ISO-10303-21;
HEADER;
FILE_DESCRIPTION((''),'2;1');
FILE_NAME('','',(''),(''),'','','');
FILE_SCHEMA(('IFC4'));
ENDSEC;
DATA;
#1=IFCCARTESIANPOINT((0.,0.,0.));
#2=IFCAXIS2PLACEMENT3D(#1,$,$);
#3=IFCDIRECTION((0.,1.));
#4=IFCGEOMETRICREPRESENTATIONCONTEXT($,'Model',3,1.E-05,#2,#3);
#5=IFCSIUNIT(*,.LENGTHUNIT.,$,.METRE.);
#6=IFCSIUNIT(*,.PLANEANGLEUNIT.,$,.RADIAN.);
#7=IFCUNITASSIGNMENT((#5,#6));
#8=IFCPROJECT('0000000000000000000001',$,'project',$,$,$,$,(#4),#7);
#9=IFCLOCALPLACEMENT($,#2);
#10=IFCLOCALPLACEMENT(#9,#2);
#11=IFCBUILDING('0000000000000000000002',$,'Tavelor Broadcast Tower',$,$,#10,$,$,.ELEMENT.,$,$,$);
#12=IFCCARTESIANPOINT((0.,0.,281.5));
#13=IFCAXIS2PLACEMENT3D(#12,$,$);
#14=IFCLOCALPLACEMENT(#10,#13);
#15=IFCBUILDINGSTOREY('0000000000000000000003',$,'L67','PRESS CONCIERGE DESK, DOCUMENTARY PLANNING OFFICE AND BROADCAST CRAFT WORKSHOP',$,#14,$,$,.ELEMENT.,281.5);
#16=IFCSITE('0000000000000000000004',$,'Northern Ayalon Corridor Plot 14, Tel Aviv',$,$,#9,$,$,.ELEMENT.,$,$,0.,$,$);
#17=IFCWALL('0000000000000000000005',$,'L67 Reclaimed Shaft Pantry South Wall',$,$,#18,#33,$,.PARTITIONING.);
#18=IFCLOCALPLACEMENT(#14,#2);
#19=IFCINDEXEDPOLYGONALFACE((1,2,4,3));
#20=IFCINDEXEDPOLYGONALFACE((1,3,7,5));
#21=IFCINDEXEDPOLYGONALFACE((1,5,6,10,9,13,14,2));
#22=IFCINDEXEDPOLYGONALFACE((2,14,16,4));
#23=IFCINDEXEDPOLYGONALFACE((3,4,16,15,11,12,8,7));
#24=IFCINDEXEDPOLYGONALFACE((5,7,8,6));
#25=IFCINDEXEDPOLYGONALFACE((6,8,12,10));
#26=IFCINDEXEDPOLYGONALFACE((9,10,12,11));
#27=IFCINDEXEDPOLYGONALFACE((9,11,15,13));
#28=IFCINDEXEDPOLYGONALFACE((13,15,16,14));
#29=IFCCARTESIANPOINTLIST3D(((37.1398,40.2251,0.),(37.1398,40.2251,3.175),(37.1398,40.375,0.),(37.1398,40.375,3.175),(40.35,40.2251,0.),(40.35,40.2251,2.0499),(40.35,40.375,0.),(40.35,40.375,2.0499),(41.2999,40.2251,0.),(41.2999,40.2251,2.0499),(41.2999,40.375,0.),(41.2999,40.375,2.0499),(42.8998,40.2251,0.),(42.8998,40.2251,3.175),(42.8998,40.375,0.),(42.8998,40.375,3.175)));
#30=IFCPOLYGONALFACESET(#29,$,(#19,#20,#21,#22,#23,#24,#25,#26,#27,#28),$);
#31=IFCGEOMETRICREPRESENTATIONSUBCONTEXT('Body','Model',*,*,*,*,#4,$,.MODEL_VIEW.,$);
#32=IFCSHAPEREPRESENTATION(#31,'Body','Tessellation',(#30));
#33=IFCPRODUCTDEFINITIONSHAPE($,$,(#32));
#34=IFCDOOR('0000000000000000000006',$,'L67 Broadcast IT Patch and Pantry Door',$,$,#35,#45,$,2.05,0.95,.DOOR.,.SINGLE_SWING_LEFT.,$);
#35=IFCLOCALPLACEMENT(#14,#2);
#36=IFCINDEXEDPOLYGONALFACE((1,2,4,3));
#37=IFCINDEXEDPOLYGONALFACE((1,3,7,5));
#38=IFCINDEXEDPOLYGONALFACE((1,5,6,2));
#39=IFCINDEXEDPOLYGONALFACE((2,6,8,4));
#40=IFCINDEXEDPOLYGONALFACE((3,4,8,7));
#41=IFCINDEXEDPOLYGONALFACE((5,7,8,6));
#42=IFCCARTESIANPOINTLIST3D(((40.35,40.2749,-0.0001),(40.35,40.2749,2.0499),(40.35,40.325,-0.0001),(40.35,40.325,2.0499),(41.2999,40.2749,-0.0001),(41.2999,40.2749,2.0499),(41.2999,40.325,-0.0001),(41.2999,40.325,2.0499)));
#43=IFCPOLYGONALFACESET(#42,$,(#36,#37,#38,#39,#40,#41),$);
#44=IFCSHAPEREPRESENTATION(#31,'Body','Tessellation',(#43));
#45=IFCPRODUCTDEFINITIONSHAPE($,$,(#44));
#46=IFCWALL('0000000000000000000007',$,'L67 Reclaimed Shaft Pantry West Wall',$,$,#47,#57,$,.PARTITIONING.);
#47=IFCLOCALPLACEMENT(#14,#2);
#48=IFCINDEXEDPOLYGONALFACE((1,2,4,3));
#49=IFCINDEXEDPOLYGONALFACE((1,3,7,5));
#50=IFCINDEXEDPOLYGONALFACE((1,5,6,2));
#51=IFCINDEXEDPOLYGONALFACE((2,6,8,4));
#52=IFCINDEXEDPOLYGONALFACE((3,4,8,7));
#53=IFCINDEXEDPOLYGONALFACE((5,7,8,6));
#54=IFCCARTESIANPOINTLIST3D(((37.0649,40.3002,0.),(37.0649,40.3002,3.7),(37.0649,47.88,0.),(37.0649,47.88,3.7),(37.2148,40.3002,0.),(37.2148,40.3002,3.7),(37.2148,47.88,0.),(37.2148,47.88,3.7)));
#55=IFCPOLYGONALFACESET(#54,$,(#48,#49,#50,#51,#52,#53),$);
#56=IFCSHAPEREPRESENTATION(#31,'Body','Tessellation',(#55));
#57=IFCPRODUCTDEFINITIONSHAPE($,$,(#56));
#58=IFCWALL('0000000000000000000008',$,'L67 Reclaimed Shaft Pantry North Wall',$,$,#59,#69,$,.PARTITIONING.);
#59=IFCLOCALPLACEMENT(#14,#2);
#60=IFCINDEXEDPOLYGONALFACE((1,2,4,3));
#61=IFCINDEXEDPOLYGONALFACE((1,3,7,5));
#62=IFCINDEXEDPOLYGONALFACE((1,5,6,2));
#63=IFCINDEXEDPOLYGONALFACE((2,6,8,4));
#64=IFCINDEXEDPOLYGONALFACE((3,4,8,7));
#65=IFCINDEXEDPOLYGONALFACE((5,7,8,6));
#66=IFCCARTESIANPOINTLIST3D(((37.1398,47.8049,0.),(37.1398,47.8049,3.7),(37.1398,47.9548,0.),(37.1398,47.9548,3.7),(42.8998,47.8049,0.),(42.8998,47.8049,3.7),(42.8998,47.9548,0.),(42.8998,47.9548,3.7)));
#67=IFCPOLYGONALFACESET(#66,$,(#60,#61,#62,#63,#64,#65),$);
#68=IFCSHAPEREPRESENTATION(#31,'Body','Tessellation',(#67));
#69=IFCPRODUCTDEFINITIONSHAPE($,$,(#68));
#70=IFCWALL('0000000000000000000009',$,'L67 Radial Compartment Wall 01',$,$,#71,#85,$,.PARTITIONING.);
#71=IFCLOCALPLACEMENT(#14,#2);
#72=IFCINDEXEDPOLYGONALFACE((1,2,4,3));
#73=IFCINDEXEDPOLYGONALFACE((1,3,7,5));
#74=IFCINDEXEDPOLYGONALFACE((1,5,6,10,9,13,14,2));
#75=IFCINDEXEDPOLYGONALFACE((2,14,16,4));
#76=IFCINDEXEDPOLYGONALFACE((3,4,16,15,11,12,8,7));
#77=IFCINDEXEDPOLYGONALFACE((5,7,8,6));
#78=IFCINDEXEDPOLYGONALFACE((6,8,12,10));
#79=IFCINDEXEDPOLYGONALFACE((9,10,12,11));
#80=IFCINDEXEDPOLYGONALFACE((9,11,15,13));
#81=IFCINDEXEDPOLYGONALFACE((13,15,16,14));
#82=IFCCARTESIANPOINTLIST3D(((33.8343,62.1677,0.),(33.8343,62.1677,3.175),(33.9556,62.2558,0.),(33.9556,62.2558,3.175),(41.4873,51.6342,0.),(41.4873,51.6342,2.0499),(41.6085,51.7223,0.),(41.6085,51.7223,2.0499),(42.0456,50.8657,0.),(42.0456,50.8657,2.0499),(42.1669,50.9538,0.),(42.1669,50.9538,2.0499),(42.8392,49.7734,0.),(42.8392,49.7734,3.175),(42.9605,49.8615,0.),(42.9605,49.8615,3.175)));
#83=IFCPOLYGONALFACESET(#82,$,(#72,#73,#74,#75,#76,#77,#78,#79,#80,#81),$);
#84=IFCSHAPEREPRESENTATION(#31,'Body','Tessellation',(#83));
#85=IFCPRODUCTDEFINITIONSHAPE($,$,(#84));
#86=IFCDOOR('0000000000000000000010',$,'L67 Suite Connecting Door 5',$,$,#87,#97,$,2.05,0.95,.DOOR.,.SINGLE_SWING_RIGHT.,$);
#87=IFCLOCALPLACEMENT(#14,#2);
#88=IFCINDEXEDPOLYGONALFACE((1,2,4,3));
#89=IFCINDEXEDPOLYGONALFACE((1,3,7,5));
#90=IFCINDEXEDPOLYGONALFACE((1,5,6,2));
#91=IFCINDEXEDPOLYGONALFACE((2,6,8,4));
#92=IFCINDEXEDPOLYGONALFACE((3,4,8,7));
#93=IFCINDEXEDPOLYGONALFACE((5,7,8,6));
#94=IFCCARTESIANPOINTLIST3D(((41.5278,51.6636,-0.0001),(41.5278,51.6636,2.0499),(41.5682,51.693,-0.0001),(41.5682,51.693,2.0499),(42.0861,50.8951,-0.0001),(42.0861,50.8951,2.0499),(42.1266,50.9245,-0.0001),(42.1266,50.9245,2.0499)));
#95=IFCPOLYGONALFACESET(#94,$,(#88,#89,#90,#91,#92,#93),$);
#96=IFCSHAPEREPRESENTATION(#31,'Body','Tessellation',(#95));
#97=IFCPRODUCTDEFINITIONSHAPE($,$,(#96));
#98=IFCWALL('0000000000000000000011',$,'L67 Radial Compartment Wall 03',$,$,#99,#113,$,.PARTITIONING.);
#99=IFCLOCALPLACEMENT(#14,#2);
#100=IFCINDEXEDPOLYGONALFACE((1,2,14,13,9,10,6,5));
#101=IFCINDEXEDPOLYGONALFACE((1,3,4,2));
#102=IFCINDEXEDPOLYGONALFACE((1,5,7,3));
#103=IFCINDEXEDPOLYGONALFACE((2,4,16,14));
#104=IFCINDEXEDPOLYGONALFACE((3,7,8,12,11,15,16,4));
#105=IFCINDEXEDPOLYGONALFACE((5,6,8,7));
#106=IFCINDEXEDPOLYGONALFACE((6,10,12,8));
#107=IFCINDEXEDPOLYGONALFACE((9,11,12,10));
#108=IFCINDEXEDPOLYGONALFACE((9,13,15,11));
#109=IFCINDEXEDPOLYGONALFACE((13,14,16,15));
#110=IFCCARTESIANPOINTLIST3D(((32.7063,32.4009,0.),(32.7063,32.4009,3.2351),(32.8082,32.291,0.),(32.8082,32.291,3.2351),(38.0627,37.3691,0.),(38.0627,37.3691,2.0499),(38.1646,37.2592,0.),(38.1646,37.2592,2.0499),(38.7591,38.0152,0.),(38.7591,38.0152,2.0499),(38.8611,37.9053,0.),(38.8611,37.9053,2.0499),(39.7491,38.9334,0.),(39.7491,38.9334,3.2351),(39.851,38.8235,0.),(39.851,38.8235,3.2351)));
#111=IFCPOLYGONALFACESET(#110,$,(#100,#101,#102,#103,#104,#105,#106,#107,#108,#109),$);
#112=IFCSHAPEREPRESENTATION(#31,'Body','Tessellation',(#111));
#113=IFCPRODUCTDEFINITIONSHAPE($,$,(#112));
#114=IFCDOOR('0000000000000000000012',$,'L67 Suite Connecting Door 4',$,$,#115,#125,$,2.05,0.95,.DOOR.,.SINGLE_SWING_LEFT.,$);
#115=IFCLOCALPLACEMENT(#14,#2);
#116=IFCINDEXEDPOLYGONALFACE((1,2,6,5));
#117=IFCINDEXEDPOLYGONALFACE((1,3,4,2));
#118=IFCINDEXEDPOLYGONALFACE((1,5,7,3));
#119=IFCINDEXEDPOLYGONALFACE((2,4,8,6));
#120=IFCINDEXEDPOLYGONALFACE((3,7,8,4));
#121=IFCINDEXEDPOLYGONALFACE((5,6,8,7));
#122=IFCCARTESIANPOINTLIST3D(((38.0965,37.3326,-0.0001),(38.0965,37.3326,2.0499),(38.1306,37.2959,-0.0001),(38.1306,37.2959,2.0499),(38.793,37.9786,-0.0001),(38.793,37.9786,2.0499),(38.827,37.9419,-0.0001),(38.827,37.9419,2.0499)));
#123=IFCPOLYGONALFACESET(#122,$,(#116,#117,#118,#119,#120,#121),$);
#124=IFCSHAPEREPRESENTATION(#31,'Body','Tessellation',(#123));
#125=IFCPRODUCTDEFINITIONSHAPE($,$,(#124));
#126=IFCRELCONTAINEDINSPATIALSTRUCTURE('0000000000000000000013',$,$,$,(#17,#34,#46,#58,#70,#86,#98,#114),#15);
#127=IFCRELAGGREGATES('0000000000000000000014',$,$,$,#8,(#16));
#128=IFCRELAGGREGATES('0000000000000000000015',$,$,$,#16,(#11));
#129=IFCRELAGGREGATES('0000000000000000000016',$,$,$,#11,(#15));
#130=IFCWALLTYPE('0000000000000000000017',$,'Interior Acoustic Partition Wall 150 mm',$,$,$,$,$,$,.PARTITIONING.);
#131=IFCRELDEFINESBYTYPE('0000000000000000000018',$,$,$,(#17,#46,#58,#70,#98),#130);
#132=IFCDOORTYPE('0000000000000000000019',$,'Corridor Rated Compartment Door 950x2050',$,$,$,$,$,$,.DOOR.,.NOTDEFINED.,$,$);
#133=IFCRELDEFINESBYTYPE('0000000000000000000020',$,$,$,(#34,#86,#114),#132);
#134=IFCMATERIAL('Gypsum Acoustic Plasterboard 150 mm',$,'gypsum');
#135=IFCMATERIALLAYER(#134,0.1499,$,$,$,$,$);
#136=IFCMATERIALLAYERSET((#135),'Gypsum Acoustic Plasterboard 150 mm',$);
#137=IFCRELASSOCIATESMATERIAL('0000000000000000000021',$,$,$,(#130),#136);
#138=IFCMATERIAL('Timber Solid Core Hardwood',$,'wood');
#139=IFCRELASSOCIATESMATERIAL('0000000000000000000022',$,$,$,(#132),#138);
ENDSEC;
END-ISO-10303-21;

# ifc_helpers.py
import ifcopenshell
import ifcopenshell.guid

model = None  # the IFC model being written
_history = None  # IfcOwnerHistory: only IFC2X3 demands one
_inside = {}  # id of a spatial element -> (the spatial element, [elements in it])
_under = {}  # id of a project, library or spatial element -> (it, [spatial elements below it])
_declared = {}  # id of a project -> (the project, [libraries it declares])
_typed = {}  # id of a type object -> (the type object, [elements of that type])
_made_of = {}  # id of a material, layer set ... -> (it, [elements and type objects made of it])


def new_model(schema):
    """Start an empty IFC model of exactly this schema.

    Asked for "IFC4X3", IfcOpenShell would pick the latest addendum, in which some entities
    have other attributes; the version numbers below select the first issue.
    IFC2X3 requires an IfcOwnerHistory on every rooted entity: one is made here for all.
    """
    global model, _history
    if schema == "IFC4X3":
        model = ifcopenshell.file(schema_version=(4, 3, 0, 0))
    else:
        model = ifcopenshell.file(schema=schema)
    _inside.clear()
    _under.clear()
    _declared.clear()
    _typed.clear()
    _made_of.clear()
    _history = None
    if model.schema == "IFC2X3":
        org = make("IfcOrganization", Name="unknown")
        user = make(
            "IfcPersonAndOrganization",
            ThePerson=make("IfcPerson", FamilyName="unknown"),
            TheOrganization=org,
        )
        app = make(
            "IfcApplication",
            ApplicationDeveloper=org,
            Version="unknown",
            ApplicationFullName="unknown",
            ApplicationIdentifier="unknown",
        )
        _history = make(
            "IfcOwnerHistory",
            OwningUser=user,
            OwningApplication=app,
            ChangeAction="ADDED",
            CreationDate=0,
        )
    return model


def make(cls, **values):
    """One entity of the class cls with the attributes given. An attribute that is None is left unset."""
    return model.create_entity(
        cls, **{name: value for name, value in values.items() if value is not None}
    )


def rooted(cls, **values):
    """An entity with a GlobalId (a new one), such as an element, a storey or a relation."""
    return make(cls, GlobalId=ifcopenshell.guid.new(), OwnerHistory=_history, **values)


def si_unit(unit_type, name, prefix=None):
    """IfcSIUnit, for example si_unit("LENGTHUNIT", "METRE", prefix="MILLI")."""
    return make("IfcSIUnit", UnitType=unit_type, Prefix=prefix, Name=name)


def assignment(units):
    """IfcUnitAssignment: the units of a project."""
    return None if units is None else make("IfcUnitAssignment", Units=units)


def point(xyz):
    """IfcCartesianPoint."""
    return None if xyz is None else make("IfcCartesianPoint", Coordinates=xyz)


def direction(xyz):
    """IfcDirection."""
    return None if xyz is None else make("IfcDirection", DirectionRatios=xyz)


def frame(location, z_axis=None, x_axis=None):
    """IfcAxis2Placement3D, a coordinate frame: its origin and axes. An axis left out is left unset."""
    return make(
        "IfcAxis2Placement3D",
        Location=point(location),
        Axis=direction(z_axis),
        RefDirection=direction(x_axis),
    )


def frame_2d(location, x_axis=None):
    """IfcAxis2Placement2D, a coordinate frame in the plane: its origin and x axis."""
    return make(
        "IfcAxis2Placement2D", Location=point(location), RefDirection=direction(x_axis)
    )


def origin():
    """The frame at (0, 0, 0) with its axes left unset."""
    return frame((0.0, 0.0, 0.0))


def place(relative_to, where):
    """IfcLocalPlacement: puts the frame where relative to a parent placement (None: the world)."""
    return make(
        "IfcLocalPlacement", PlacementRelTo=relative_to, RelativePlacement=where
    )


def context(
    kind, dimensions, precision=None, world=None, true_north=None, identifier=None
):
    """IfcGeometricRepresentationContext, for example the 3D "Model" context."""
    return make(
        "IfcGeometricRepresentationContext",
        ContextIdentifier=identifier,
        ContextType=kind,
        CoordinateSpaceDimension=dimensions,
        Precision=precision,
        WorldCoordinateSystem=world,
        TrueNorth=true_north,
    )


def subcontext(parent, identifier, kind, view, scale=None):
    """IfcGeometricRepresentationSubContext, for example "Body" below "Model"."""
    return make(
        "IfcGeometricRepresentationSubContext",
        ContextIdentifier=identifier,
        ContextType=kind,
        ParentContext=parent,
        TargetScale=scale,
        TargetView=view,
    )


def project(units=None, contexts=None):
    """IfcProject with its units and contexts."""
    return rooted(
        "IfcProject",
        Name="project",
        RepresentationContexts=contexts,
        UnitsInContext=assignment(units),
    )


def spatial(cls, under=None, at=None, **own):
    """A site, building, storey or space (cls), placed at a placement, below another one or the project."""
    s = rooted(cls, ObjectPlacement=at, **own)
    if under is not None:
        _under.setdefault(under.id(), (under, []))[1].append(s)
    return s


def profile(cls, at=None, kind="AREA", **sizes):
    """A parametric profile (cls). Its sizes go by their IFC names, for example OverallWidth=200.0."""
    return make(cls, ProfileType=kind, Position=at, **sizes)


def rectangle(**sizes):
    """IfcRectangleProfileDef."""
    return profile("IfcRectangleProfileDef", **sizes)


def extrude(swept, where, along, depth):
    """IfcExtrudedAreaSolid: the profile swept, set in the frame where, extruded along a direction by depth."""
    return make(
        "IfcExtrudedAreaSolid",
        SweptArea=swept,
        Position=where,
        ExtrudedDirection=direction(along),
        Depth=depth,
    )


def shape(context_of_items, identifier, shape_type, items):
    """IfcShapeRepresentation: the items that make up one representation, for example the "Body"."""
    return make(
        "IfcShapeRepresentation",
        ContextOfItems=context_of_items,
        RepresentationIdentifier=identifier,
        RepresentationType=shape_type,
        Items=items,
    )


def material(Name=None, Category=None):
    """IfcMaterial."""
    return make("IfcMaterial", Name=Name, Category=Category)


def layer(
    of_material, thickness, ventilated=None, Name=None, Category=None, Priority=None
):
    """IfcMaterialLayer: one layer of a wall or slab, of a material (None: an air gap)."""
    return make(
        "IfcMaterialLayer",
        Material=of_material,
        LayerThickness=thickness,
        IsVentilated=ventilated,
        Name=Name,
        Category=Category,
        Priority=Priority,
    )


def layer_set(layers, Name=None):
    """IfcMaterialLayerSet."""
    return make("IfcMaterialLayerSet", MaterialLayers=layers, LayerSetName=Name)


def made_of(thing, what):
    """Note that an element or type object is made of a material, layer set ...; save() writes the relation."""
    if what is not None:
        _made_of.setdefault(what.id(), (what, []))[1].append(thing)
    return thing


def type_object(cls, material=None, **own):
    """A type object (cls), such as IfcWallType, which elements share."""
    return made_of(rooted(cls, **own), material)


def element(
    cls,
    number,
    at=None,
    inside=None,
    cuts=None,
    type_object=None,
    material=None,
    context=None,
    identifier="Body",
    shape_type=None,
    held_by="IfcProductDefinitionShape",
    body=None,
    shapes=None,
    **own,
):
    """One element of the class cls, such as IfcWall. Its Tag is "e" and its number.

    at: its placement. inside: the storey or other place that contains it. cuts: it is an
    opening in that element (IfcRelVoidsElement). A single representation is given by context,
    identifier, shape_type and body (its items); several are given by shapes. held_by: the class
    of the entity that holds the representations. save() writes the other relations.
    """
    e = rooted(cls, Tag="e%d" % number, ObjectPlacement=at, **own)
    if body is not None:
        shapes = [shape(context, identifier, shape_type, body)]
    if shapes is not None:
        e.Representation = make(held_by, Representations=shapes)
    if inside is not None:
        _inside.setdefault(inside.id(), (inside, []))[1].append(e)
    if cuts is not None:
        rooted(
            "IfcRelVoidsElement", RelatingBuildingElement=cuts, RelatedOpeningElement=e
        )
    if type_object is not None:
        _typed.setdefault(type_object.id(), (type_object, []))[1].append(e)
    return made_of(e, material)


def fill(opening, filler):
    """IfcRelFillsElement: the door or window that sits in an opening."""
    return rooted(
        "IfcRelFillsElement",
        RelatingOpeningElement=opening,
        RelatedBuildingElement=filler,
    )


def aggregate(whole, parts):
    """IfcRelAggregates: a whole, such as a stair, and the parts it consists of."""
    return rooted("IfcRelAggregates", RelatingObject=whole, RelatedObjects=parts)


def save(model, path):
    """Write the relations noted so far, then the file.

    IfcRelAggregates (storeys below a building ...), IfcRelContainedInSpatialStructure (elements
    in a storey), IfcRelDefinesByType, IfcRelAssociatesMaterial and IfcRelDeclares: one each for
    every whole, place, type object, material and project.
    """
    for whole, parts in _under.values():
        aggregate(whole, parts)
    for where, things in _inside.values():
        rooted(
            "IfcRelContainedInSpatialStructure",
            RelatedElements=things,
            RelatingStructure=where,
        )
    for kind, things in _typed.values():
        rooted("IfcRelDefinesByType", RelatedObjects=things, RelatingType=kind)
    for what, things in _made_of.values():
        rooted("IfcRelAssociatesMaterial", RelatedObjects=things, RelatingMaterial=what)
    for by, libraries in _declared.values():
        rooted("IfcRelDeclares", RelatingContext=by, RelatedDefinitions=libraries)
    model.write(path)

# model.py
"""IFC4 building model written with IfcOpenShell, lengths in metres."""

from ifc_helpers import new_model, si_unit, direction, frame, frame_2d, origin, place, context, subcontext, project, spatial, rectangle, extrude, material, layer, layer_set, type_object, element, fill, save


model = new_model("IFC4")

# Units and contexts
model_context = context("Model", 3, precision=1e-05, world=origin(), true_north=direction((0.0, 1.0)))
body_context = subcontext(model_context, "Body", "Model", "MODEL_VIEW")
ifc_project = project(units=[si_unit("LENGTHUNIT", "METRE"), si_unit("PLANEANGLEUNIT", "RADIAN")], contexts=[model_context])

# Site, building, storey
site_placement = place(None, origin())
site = spatial("IfcSite", under=ifc_project, at=site_placement, Name="Northern Ayalon Corridor Plot 14, Tel Aviv", CompositionType="ELEMENT", RefElevation=0.0)
building_placement = place(site_placement, origin())
building = spatial("IfcBuilding", under=site, at=building_placement, Name="Tavelor Broadcast Tower", CompositionType="ELEMENT")
storey_placement = place(building_placement, frame((0.0, 0.0, 281.5)))
storey = spatial("IfcBuildingStorey", under=building, at=storey_placement, Name="L67", Description="PRESS CONCIERGE DESK, DOCUMENTARY PLANNING OFFICE AND BROADCAST CRAFT WORKSHOP", CompositionType="ELEMENT", Elevation=281.5)

# Shared definitions
ifc_material_1 = material(Name="Gypsum Acoustic Plasterboard 150 mm", Category="gypsum")
ifc_layer_1 = layer(ifc_material_1, 0.1499)
ifc_layer_set_1 = layer_set([ifc_layer_1], Name="Gypsum Acoustic Plasterboard 150 mm")
wall_type_1 = type_object("IfcWallType", Name="Interior Acoustic Partition Wall 150 mm", PredefinedType="PARTITIONING", material=ifc_layer_set_1)

# Wall, opening, door
wall_1_placement = place(storey_placement, frame((37.1399, 40.3, 0.0), z_axis=(0.0, 0.0, 1.0), x_axis=(1.0, 0.0, 0.0)))
wall_1 = element("IfcWall", 1, at=wall_1_placement, inside=storey, type_object=wall_type_1, Name="L67 Reclaimed Shaft Pantry South Wall", PredefinedType="PARTITIONING", context=body_context, shape_type="SweptSolid", body=[
    extrude(rectangle(XDim=5.76, YDim=0.1499, at=frame_2d((2.8799, 0.0))), origin(), (0.0, 0.0, 1.0), 3.175),
])
opening_1_placement = place(wall_1_placement, frame((3.21, 0.0, 0.0)))
opening_1 = element("IfcOpeningElement", 2, at=opening_1_placement, cuts=wall_1, PredefinedType="OPENING", context=body_context, shape_type="SweptSolid", body=[
    extrude(rectangle(XDim=0.95, YDim=2.05, at=frame_2d((0.4751, 1.0249))), frame((0.0, 0.085, 0.0), z_axis=(0.0, -1.0, 0.0), x_axis=(1.0, 0.0, 0.0)), (0.0, 0.0, 1.0), 0.1699),
])
ifc_material_2 = material(Name="Timber Solid Core Hardwood", Category="wood")
door_type_1 = type_object("IfcDoorType", Name="Corridor Rated Compartment Door 950x2050", OperationType="NOTDEFINED", PredefinedType="DOOR", material=ifc_material_2)
door_1_placement = place(opening_1_placement, origin())
door_1 = element("IfcDoor", 3, at=door_1_placement, inside=storey, type_object=door_type_1, Name="L67 Broadcast IT Patch and Pantry Door", OperationType="SINGLE_SWING_LEFT", OverallHeight=2.05, OverallWidth=0.95, PredefinedType="DOOR", context=body_context, shape_type="SweptSolid", body=[
    extrude(rectangle(XDim=0.95, YDim=2.05, at=frame_2d((0.4751, 1.0249))), frame((0.0, 0.0249, 0.0), z_axis=(0.0, -1.0, 0.0), x_axis=(1.0, 0.0, 0.0)), (0.0, 0.0, 1.0), 0.05),
])
fill(opening_1, door_1)

# Walls
wall_2_placement = place(storey_placement, frame((37.1399, 40.3, 0.0), z_axis=(0.0, 0.0, 1.0), x_axis=(0.0, 1.0, 0.0)))
element("IfcWall", 4, at=wall_2_placement, inside=storey, type_object=wall_type_1, Name="L67 Reclaimed Shaft Pantry West Wall", PredefinedType="PARTITIONING", context=body_context, shape_type="SweptSolid", body=[
    extrude(rectangle(XDim=7.5798, YDim=0.1499, at=frame_2d((3.79, 0.0))), origin(), (0.0, 0.0, 1.0), 3.7),
])
wall_3_placement = place(storey_placement, frame((37.1399, 47.8799, 0.0), z_axis=(0.0, 0.0, 1.0), x_axis=(1.0, 0.0, 0.0)))
element("IfcWall", 5, at=wall_3_placement, inside=storey, type_object=wall_type_1, Name="L67 Reclaimed Shaft Pantry North Wall", PredefinedType="PARTITIONING", context=body_context, shape_type="SweptSolid", body=[
    extrude(rectangle(XDim=5.76, YDim=0.1499, at=frame_2d((2.8799, 0.0))), origin(), (0.0, 0.0, 1.0), 3.7),
])

# Walls, openings, doors
wall_4_placement = place(storey_placement, frame((42.8999, 49.8174, 0.0), z_axis=(0.0, 0.0, 1.0), x_axis=(-0.587781, 0.80902, 0.0)))
wall_4 = element("IfcWall", 6, at=wall_4_placement, inside=storey, type_object=wall_type_1, Name="L67 Radial Compartment Wall 01", PredefinedType="PARTITIONING", context=body_context, shape_type="SweptSolid", body=[
    extrude(rectangle(XDim=15.3201, YDim=0.1499, at=frame_2d((7.6602, 0.0))), origin(), (0.0, 0.0, 1.0), 3.175),
])
opening_2_placement = place(wall_4_placement, frame((1.3501, 0.0, 0.0)))
opening_2 = element("IfcOpeningElement", 7, at=opening_2_placement, cuts=wall_4, PredefinedType="OPENING", context=body_context, shape_type="SweptSolid", body=[
    extrude(rectangle(XDim=0.95, YDim=2.05, at=frame_2d((0.4751, 1.0249))), frame((0.0, 0.085, 0.0), z_axis=(0.0, -1.0, 0.0), x_axis=(1.0, 0.0, 0.0)), (0.0, 0.0, 1.0), 0.1699),
])
door_2_placement = place(opening_2_placement, origin())
door_2 = element("IfcDoor", 8, at=door_2_placement, inside=storey, type_object=door_type_1, Name="L67 Suite Connecting Door 5", OperationType="SINGLE_SWING_RIGHT", OverallHeight=2.05, OverallWidth=0.95, PredefinedType="DOOR", context=body_context, shape_type="SweptSolid", body=[
    extrude(rectangle(XDim=0.95, YDim=2.05, at=frame_2d((0.4751, 1.0249))), frame((0.0, 0.0249, 0.0), z_axis=(0.0, -1.0, 0.0), x_axis=(1.0, 0.0, 0.0)), (0.0, 0.0, 1.0), 0.05),
])
fill(opening_2, door_2)
wall_5_placement = place(storey_placement, frame((39.8, 38.8784, 0.0), z_axis=(0.0, 0.0, 1.0), x_axis=(-0.733167, -0.680048, 0.0)))
wall_5 = element("IfcWall", 9, at=wall_5_placement, inside=storey, type_object=wall_type_1, Name="L67 Radial Compartment Wall 03", PredefinedType="PARTITIONING", context=body_context, shape_type="SweptSolid", body=[
    extrude(rectangle(XDim=9.606, YDim=0.1499, at=frame_2d((4.803, 0.0))), origin(), (0.0, 0.0, 1.0), 3.2351),
])
opening_3_placement = place(wall_5_placement, frame((1.3501, 0.0, 0.0)))
opening_3 = element("IfcOpeningElement", 10, at=opening_3_placement, cuts=wall_5, PredefinedType="OPENING", context=body_context, shape_type="SweptSolid", body=[
    extrude(rectangle(XDim=0.95, YDim=2.05, at=frame_2d((0.4751, 1.0249))), frame((0.0, 0.085, 0.0), z_axis=(0.0, -1.0, 0.0), x_axis=(1.0, 0.0, 0.0)), (0.0, 0.0, 1.0), 0.1699),
])
door_3_placement = place(opening_3_placement, origin())
door_3 = element("IfcDoor", 11, at=door_3_placement, inside=storey, type_object=door_type_1, Name="L67 Suite Connecting Door 4", OperationType="SINGLE_SWING_LEFT", OverallHeight=2.05, OverallWidth=0.95, PredefinedType="DOOR", context=body_context, shape_type="SweptSolid", body=[
    extrude(rectangle(XDim=0.95, YDim=2.05, at=frame_2d((0.4751, 1.0249))), frame((0.0, 0.0249, 0.0), z_axis=(0.0, -1.0, 0.0), x_axis=(1.0, 0.0, 0.0)), (0.0, 0.0, 1.0), 0.05),
])
fill(opening_3, door_3)

save(model, "model.ifc")
